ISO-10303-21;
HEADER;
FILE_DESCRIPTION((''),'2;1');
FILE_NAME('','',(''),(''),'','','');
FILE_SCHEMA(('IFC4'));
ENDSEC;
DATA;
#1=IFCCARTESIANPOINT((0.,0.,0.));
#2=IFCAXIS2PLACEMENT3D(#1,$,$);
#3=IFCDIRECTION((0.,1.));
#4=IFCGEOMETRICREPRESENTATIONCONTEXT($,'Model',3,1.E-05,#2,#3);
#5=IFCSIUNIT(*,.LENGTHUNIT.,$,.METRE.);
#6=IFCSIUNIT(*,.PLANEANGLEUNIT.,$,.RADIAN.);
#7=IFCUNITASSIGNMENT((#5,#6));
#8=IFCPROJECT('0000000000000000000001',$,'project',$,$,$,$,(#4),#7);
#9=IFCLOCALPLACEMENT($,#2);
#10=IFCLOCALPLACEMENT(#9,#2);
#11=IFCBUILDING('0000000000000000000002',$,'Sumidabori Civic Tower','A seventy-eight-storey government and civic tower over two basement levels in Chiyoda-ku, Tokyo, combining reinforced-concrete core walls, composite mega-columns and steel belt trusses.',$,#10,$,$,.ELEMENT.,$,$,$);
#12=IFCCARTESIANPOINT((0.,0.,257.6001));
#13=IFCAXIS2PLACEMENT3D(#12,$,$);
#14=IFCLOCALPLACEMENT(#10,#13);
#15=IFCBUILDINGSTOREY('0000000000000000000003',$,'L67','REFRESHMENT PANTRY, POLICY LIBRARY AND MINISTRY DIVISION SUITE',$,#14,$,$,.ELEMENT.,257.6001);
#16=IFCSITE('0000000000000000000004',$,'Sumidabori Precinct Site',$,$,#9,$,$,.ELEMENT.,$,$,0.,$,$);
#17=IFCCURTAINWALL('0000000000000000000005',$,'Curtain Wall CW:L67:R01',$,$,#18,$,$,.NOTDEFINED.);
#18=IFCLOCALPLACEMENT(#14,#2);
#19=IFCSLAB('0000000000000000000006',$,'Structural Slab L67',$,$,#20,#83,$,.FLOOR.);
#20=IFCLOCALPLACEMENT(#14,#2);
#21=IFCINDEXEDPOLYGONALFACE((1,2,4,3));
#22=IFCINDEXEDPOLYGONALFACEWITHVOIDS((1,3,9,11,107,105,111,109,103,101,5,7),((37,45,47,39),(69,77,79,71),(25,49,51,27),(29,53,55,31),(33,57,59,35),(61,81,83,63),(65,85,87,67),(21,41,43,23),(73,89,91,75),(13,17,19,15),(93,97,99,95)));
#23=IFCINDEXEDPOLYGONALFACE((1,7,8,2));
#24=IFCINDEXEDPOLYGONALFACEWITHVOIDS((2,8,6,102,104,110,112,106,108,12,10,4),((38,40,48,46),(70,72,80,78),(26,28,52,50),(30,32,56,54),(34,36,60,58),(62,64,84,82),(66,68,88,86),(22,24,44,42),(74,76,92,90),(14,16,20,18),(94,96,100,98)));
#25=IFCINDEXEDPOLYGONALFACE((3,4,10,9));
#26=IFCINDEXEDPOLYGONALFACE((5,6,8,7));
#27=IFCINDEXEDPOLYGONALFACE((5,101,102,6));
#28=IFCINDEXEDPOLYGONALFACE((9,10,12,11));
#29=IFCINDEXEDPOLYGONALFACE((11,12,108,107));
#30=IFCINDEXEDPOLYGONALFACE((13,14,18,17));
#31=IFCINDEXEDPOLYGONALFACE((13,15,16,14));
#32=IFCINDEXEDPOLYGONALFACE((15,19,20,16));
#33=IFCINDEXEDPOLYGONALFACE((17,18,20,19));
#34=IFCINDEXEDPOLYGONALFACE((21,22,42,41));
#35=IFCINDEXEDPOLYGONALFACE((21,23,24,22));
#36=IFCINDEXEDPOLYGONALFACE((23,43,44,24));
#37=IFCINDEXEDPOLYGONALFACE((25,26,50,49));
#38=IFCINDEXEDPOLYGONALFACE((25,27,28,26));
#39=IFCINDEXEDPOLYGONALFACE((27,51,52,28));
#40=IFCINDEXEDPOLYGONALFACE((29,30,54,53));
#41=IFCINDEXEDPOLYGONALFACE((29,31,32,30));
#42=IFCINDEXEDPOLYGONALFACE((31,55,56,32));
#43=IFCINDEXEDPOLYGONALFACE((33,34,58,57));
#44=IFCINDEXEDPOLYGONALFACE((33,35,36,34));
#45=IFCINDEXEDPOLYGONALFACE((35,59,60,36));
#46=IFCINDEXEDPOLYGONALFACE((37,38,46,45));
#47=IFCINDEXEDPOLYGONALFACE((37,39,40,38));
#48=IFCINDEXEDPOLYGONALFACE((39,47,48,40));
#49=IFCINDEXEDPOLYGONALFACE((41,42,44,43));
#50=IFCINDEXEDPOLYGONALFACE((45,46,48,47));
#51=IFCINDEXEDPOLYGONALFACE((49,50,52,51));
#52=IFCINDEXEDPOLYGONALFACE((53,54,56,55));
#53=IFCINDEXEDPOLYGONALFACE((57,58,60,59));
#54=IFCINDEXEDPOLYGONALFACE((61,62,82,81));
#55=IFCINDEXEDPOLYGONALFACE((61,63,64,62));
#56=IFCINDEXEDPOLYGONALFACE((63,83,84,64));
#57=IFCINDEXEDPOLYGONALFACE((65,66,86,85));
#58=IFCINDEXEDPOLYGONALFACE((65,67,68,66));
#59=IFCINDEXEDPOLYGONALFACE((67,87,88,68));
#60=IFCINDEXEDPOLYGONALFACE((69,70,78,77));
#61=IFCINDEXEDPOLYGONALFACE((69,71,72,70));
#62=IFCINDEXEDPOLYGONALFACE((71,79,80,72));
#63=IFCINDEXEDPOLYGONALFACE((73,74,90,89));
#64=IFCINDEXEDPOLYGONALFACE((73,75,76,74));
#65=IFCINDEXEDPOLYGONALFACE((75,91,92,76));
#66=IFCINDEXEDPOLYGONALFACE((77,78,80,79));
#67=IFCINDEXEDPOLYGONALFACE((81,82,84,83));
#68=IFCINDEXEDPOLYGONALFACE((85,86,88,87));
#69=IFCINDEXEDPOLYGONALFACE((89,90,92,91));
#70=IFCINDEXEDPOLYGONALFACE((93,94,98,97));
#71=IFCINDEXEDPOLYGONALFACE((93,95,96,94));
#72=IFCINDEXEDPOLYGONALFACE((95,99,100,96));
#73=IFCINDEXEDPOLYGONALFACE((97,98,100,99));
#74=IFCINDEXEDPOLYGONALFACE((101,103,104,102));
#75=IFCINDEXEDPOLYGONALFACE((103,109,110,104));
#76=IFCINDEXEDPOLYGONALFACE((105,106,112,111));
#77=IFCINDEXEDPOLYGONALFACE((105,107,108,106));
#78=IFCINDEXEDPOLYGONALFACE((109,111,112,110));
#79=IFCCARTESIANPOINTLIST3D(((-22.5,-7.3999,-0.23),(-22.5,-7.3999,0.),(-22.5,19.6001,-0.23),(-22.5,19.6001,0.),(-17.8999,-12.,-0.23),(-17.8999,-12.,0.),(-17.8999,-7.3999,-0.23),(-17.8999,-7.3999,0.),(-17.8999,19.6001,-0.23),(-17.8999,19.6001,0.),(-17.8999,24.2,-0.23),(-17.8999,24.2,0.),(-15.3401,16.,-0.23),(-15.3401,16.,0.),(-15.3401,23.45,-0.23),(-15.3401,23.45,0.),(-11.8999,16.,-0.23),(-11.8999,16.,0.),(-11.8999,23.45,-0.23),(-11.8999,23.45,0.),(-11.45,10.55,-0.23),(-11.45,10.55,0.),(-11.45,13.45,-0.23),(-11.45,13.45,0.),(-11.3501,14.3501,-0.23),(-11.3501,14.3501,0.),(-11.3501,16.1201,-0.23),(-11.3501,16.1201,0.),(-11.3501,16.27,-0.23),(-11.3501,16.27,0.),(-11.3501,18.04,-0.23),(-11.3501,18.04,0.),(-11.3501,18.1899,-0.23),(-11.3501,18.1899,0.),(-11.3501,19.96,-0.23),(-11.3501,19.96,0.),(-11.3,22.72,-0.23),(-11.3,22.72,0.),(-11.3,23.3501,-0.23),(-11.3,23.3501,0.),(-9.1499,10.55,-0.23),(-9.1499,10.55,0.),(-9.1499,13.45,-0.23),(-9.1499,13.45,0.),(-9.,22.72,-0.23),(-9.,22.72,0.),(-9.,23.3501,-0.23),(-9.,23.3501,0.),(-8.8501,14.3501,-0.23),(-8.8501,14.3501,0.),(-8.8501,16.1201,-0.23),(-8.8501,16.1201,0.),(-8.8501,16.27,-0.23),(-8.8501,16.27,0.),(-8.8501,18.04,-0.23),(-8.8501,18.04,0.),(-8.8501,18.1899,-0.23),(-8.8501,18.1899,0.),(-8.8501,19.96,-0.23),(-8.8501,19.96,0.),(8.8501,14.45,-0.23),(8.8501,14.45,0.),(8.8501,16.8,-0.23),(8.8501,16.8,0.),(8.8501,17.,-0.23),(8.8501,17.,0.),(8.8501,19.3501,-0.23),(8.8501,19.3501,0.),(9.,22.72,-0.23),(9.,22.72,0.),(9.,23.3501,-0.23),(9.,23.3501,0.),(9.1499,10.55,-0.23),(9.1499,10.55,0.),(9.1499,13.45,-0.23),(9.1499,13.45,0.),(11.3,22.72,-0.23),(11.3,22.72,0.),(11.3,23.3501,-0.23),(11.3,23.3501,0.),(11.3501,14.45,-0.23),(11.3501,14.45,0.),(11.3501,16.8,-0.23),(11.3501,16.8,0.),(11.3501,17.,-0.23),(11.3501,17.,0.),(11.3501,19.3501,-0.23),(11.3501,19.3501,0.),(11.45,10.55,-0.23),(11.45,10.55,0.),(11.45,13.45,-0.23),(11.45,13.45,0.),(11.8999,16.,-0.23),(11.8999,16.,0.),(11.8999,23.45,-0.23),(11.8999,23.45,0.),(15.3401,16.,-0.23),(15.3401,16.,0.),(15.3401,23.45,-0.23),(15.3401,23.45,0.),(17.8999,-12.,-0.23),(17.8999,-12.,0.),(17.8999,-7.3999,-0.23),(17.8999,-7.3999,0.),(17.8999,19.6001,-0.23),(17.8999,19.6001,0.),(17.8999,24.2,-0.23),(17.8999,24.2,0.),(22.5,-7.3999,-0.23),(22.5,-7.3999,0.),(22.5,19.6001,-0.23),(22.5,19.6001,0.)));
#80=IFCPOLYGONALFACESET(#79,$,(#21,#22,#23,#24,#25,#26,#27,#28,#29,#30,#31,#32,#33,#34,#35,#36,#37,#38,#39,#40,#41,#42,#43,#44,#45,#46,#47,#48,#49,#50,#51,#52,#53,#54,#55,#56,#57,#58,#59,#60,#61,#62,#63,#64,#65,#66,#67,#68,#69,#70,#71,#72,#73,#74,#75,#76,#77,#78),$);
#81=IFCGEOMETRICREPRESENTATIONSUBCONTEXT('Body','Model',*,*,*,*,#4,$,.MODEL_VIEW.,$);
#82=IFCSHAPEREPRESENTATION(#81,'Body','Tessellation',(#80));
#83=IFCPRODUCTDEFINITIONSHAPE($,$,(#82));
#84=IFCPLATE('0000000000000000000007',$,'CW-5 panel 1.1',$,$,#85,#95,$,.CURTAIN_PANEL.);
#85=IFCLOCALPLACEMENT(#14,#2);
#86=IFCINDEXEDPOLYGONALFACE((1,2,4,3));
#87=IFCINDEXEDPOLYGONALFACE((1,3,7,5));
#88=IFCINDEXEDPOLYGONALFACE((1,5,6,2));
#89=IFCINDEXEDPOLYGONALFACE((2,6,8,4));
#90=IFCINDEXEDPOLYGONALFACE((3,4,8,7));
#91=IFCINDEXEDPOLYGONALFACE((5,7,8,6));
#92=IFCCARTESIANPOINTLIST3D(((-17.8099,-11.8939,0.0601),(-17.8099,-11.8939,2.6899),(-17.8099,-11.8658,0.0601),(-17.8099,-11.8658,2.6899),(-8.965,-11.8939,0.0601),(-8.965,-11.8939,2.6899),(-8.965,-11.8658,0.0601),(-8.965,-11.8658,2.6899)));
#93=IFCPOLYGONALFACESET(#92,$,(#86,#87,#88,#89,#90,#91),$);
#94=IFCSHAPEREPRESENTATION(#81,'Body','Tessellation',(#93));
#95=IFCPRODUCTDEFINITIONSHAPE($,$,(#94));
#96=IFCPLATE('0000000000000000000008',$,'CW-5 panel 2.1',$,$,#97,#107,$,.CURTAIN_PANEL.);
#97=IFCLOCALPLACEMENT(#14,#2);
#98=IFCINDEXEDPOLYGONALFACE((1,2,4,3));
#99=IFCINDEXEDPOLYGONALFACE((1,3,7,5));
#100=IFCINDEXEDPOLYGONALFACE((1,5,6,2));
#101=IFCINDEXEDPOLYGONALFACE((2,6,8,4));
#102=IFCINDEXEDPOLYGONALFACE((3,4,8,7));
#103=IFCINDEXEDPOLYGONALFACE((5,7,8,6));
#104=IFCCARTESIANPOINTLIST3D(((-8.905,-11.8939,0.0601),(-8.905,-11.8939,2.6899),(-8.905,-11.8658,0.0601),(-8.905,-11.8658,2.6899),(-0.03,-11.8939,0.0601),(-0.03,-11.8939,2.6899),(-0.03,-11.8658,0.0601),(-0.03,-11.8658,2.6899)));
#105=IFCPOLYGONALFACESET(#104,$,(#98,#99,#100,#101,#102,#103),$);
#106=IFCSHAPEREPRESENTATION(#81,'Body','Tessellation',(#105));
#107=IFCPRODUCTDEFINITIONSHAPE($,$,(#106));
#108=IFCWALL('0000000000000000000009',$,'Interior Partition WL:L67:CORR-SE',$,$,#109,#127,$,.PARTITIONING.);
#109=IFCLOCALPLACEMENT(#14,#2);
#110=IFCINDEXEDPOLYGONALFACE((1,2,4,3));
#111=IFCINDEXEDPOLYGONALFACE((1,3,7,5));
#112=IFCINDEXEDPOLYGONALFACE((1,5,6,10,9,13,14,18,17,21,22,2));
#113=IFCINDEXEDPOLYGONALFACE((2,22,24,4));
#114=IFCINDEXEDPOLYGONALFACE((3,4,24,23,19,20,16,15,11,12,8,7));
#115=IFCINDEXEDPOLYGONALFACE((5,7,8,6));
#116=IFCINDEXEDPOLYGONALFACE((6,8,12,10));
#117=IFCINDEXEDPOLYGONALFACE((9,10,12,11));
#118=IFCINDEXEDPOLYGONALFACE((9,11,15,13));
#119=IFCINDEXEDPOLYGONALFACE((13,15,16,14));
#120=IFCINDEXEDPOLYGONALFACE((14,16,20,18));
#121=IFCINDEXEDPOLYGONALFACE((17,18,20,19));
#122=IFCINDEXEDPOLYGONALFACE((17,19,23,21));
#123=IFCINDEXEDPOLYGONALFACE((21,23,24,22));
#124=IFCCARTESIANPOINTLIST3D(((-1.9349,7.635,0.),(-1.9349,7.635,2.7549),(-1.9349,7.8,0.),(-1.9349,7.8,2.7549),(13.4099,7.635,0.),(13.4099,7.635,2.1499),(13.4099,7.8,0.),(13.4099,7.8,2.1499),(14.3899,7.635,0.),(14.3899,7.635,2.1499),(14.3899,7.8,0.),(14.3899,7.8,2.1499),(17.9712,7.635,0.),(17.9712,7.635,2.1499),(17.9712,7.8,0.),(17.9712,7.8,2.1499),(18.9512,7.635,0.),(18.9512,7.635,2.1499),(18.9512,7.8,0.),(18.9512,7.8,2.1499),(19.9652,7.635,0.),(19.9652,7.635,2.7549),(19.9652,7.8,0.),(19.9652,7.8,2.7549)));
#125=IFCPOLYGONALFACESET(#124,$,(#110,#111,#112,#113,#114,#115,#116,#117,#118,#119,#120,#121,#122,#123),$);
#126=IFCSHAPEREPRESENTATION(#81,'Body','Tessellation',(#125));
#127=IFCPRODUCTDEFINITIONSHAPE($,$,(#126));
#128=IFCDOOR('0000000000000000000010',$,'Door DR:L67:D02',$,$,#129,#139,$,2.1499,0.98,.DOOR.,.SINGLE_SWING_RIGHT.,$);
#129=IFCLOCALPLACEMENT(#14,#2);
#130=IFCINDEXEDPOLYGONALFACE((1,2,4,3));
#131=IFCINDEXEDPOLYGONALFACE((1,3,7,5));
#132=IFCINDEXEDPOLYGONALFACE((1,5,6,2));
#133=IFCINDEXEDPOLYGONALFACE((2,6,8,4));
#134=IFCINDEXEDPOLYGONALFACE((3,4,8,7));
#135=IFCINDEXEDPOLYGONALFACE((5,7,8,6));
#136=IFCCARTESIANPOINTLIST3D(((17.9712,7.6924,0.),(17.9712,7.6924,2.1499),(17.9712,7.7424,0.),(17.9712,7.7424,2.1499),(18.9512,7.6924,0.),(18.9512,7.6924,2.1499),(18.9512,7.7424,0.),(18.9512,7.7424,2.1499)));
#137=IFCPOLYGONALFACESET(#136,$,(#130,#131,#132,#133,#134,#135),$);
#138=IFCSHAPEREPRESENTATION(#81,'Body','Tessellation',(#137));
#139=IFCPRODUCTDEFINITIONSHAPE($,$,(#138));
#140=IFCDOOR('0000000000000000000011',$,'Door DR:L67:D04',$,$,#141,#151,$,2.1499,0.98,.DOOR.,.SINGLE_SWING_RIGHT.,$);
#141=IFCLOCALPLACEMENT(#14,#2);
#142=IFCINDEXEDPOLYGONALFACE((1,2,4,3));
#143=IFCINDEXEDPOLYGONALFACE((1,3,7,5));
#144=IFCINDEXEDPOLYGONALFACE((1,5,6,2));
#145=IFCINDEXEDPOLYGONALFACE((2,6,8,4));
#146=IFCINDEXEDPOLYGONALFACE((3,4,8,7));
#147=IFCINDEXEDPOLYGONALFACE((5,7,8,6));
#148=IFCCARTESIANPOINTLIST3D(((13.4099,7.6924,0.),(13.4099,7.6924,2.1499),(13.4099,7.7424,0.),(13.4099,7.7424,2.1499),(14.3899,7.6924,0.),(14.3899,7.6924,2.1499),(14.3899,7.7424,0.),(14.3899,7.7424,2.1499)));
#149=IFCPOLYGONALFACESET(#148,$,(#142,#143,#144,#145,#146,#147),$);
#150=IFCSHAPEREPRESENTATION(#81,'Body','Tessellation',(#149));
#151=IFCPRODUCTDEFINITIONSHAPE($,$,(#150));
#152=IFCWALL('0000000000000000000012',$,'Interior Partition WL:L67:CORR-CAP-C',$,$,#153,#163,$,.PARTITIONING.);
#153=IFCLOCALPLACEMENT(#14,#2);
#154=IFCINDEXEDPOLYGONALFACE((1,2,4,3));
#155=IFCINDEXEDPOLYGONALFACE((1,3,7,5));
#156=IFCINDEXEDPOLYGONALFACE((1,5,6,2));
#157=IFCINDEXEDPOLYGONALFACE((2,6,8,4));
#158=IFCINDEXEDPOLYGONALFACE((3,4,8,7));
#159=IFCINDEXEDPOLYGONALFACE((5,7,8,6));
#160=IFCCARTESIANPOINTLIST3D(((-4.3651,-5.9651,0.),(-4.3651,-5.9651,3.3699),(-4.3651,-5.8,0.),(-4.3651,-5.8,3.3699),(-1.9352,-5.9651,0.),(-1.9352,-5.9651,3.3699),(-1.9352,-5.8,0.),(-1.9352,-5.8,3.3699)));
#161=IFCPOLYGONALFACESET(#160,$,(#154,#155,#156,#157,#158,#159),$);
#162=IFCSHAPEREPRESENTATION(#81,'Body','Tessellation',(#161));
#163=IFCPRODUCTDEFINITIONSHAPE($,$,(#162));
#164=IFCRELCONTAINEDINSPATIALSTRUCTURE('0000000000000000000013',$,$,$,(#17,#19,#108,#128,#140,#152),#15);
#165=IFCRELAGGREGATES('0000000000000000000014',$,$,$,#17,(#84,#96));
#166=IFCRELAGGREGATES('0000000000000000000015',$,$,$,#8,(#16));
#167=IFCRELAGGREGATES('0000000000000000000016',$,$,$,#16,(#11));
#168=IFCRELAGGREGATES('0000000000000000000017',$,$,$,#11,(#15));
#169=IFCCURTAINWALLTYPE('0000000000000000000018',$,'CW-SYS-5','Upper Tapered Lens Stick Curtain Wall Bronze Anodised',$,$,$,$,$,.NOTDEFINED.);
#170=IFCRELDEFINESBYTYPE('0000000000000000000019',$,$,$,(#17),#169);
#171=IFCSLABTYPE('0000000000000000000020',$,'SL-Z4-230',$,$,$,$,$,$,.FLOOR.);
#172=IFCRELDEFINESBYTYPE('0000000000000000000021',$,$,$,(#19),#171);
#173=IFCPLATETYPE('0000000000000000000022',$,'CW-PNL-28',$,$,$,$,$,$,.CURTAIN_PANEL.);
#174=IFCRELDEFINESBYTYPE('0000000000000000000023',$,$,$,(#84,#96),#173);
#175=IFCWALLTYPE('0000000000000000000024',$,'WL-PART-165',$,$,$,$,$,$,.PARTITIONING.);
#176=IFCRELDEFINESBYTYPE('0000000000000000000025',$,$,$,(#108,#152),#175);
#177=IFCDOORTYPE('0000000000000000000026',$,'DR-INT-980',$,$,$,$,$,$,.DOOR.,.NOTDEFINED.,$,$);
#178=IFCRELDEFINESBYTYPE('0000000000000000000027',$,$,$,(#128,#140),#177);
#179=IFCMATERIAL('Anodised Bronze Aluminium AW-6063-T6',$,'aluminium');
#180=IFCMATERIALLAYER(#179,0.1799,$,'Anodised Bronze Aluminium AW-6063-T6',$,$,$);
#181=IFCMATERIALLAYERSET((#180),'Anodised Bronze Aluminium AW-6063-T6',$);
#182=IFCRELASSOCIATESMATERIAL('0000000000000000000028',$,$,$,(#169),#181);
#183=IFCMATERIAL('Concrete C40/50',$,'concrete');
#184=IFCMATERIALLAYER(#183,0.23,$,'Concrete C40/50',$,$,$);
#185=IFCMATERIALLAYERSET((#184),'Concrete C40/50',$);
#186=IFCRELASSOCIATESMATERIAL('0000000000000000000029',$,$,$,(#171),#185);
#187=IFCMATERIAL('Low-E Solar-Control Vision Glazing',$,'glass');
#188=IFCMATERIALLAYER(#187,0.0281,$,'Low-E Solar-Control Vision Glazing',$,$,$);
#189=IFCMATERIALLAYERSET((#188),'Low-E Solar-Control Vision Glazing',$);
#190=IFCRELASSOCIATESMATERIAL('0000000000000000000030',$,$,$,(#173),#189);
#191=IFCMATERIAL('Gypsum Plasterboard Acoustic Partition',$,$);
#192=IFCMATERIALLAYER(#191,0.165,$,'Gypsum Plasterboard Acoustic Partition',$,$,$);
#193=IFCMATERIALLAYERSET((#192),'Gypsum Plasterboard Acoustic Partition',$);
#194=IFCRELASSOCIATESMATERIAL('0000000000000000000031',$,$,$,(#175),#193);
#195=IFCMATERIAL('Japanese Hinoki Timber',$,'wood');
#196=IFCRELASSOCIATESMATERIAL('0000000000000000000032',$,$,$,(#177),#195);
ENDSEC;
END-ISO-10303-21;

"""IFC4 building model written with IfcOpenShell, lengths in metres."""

from ifc_helpers import new_model, si_unit, direction, frame, frame_2d, origin, origin_2d, place, context, subcontext, project, spatial, polyline, rectangle, outline, extrude, source, transform, mapped, material, layer, layer_set, type_object, element, fill, aggregate, save


model = new_model("IFC4")

# Units and contexts
model_context = context("Model", 3, precision=1e-05, world=origin(), true_north=direction((0.0, 1.0)))
body_context = subcontext(model_context, "Body", "Model", "MODEL_VIEW")
ifc_project = project(units=[si_unit("LENGTHUNIT", "METRE"), si_unit("PLANEANGLEUNIT", "RADIAN")], contexts=[model_context])

# Site, building, storey
site_placement = place(None, origin())
site = spatial("IfcSite", under=ifc_project, at=site_placement, Name="Sumidabori Precinct Site", CompositionType="ELEMENT", RefElevation=0.0)
building_placement = place(site_placement, origin())
building = spatial("IfcBuilding", under=site, at=building_placement, Name="Sumidabori Civic Tower", Description="A seventy-eight-storey government and civic tower over two basement levels in Chiyoda-ku, Tokyo, combining reinforced-concrete core walls, composite mega-columns and steel belt trusses.", CompositionType="ELEMENT")
storey_placement = place(building_placement, frame((0.0, 0.0, 257.6001)))
storey = spatial("IfcBuildingStorey", under=building, at=storey_placement, Name="L67", Description="REFRESHMENT PANTRY, POLICY LIBRARY AND MINISTRY DIVISION SUITE", CompositionType="ELEMENT", Elevation=257.6001)

# Curtain wall
ifc_material_1 = material(Name="Anodised Bronze Aluminium AW-6063-T6", Category="aluminium")
ifc_layer_1 = layer(ifc_material_1, 0.1799, Name="Anodised Bronze Aluminium AW-6063-T6")
ifc_layer_set_1 = layer_set([ifc_layer_1], Name="Anodised Bronze Aluminium AW-6063-T6")
curtain_wall_type = type_object("IfcCurtainWallType", Name="CW-SYS-5", Description="Upper Tapered Lens Stick Curtain Wall Bronze Anodised", PredefinedType="NOTDEFINED", material=ifc_layer_set_1)
curtain_wall_placement = place(storey_placement, origin())
curtain_wall = element("IfcCurtainWall", 1, at=curtain_wall_placement, inside=storey, type_object=curtain_wall_type, Name="Curtain Wall CW:L67:R01", PredefinedType="NOTDEFINED")

# Shared definitions
ifc_material_2 = material(Name="Concrete C40/50", Category="concrete")

# Slab
ifc_layer_2 = layer(ifc_material_2, 0.23, Name="Concrete C40/50")
ifc_layer_set_2 = layer_set([ifc_layer_2], Name="Concrete C40/50")
slab_type_1 = type_object("IfcSlabType", Name="SL-Z4-230", PredefinedType="FLOOR", material=ifc_layer_set_2)
slab_1_placement = place(storey_placement, frame((0.0, 0.0, -0.23)))
element("IfcSlab", 2, at=slab_1_placement, inside=storey, type_object=slab_type_1, Name="Structural Slab L67", PredefinedType="FLOOR", context=body_context, shape_type="SweptSolid", body=[
    extrude(outline(polyline([(-17.8999, -12.0), (17.8999, -12.0), (17.8999, -7.3999), (22.5, -7.3999), (22.5, 19.6001), (17.8999, 19.6001), (17.8999, 24.2), (-17.8999, 24.2), (-17.8999, 19.6001), (-22.5, 19.6001), (-22.5, -7.3999), (-17.8999, -7.3999), (-17.8999, -12.0)]), holes=[polyline([(-11.8999, 16.0), (-11.8999, 23.45), (-15.3401, 23.45), (-15.3401, 16.0), (-11.8999, 16.0)]), polyline([(15.3401, 16.0), (15.3401, 23.45), (11.8999, 23.45), (11.8999, 16.0), (15.3401, 16.0)]), polyline([(-11.45, 10.55), (-9.1499, 10.55), (-9.1499, 13.45), (-11.45, 13.45), (-11.45, 10.55)]), polyline([(9.1499, 10.55), (11.45, 10.55), (11.45, 13.45), (9.1499, 13.45), (9.1499, 10.55)]), polyline([(-11.3501, 14.3501), (-8.8501, 14.3501), (-8.8501, 16.1201), (-11.3501, 16.1201), (-11.3501, 14.3501)]), polyline([(-11.3501, 16.27), (-8.8501, 16.27), (-8.8501, 18.04), (-11.3501, 18.04), (-11.3501, 16.27)]), polyline([(-11.3501, 18.1899), (-8.8501, 18.1899), (-8.8501, 19.96), (-11.3501, 19.96), (-11.3501, 18.1899)]), polyline([(8.8501, 14.45), (11.3501, 14.45), (11.3501, 16.8), (8.8501, 16.8), (8.8501, 14.45)]), polyline([(8.8501, 17.0), (11.3501, 17.0), (11.3501, 19.3501), (8.8501, 19.3501), (8.8501, 17.0)]), polyline([(-11.3, 22.72), (-9.0, 22.72), (-9.0, 23.3501), (-11.3, 23.3501), (-11.3, 22.72)]), polyline([(9.0, 22.72), (11.3, 22.72), (11.3, 23.3501), (9.0, 23.3501), (9.0, 22.72)])]), origin(), (0.0, 0.0, 1.0), 0.23),
])

# Plates
ifc_material_3 = material(Name="Low-E Solar-Control Vision Glazing", Category="glass")
ifc_layer_3 = layer(ifc_material_3, 0.0281, Name="Low-E Solar-Control Vision Glazing")
ifc_layer_set_3 = layer_set([ifc_layer_3], Name="Low-E Solar-Control Vision Glazing")
plate_type = type_object("IfcPlateType", Name="CW-PNL-28", PredefinedType="CURTAIN_PANEL", material=ifc_layer_set_3)
shared_shape_1 = source(origin(), body_context, "Body", "SweptSolid", [
    extrude(rectangle(XDim=8.845, YDim=0.0281, at=origin_2d()), origin(), (0.0, 0.0, 1.0), 2.6299),
])
plate_1_placement = place(storey_placement, frame((-13.3875, -11.8799, 0.0601), z_axis=(0.0, 0.0, 1.0), x_axis=(1.0, 0.0, 0.0)))
plate_1 = element("IfcPlate", 3, at=plate_1_placement, type_object=plate_type, Name="CW-5 panel 1.1", PredefinedType="CURTAIN_PANEL", context=body_context, shape_type="MappedRepresentation", body=[
    mapped(shared_shape_1, transform((0.0, 0.0, 0.0), x_axis=(1.0, 0.0, 0.0), y_axis=(0.0, 1.0, 0.0), z_axis=(0.0, 0.0, 1.0), scale=1.0)),
])
shared_shape_2 = source(origin(), body_context, "Body", "SweptSolid", [
    extrude(rectangle(XDim=8.875, YDim=0.0281, at=origin_2d()), origin(), (0.0, 0.0, 1.0), 2.6299),
])
plate_2_placement = place(storey_placement, frame((-4.4675, -11.8799, 0.0601), z_axis=(0.0, 0.0, 1.0), x_axis=(1.0, 0.0, 0.0)))
plate_2 = element("IfcPlate", 4, at=plate_2_placement, type_object=plate_type, Name="CW-5 panel 2.1", PredefinedType="CURTAIN_PANEL", context=body_context, shape_type="MappedRepresentation", body=[
    mapped(shared_shape_2, transform((0.0, 0.0, 0.0), x_axis=(1.0, 0.0, 0.0), y_axis=(0.0, 1.0, 0.0), z_axis=(0.0, 0.0, 1.0), scale=1.0)),
])
aggregate(curtain_wall, [plate_1, plate_2])

# Wall, openings, doors
ifc_material_4 = material(Name="Gypsum Plasterboard Acoustic Partition")
ifc_layer_4 = layer(ifc_material_4, 0.165, Name="Gypsum Plasterboard Acoustic Partition")
ifc_layer_set_4 = layer_set([ifc_layer_4], Name="Gypsum Plasterboard Acoustic Partition")
wall_type = type_object("IfcWallType", Name="WL-PART-165", PredefinedType="PARTITIONING", material=ifc_layer_set_4)
shared_shape_3 = source(origin(), body_context, "Body", "SweptSolid", [
    extrude(rectangle(XDim=21.9001, YDim=0.165, at=frame_2d((10.9502, 0.0))), origin(), (0.0, 0.0, 1.0), 2.7549),
])
wall_1_placement = place(storey_placement, frame((-1.9351, 7.7175, 0.0), z_axis=(0.0, 0.0, 1.0), x_axis=(1.0, 0.0, 0.0)))
wall_1 = element("IfcWall", 5, at=wall_1_placement, inside=storey, type_object=wall_type, Name="Interior Partition WL:L67:CORR-SE", PredefinedType="PARTITIONING", context=body_context, shape_type="MappedRepresentation", body=[
    mapped(shared_shape_3, transform((0.0, 0.0, 0.0), x_axis=(1.0, 0.0, 0.0), y_axis=(0.0, 1.0, 0.0), z_axis=(0.0, 0.0, 1.0), scale=1.0)),
])
opening_1_placement = place(wall_1_placement, frame((19.9062, 0.0, 0.0)))
opening_1 = element("IfcOpeningElement", 6, at=opening_1_placement, cuts=wall_1, PredefinedType="OPENING", context=body_context, shape_type="SweptSolid", body=[
    extrude(rectangle(XDim=0.98, YDim=2.1499, at=frame_2d((0.49, 1.075))), frame((0.0, 0.0945, 0.0), z_axis=(0.0, -1.0, 0.0), x_axis=(1.0, 0.0, 0.0)), (0.0, 0.0, 1.0), 0.189),
])
opening_2_placement = place(wall_1_placement, frame((15.345, 0.0, 0.0)))
opening_2 = element("IfcOpeningElement", 7, at=opening_2_placement, cuts=wall_1, PredefinedType="OPENING", context=body_context, shape_type="SweptSolid", body=[
    extrude(rectangle(XDim=0.98, YDim=2.1499, at=frame_2d((0.49, 1.075))), frame((0.0, 0.0945, 0.0), z_axis=(0.0, -1.0, 0.0), x_axis=(1.0, 0.0, 0.0)), (0.0, 0.0, 1.0), 0.189),
])
ifc_material_5 = material(Name="Japanese Hinoki Timber", Category="wood")
door_type = type_object("IfcDoorType", Name="DR-INT-980", OperationType="NOTDEFINED", PredefinedType="DOOR", material=ifc_material_5)
shared_shape_4 = source(origin(), body_context, "Body", "SweptSolid", [
    extrude(rectangle(XDim=0.98, YDim=2.1499, at=frame_2d((0.49, 1.075))), frame((0.0, 0.0249, 0.0), z_axis=(0.0, -1.0, 0.0), x_axis=(1.0, 0.0, 0.0)), (0.0, 0.0, 1.0), 0.05),
])
door_1_placement = place(opening_1_placement, origin())
door_1 = element("IfcDoor", 8, at=door_1_placement, inside=storey, type_object=door_type, Name="Door DR:L67:D02", OperationType="SINGLE_SWING_RIGHT", OverallHeight=2.1499, OverallWidth=0.98, PredefinedType="DOOR", context=body_context, shape_type="MappedRepresentation", body=[
    mapped(shared_shape_4, transform((0.0, 0.0, 0.0), x_axis=(1.0, 0.0, 0.0), y_axis=(0.0, 1.0, 0.0), z_axis=(0.0, 0.0, 1.0), scale=1.0)),
])
fill(opening_1, door_1)
door_2_placement = place(opening_2_placement, origin())
door_2 = element("IfcDoor", 9, at=door_2_placement, inside=storey, type_object=door_type, Name="Door DR:L67:D04", OperationType="SINGLE_SWING_RIGHT", OverallHeight=2.1499, OverallWidth=0.98, PredefinedType="DOOR", context=body_context, shape_type="MappedRepresentation", body=[
    mapped(shared_shape_4, transform((0.0, 0.0, 0.0), x_axis=(1.0, 0.0, 0.0), y_axis=(0.0, 1.0, 0.0), z_axis=(0.0, 0.0, 1.0), scale=1.0)),
])
fill(opening_2, door_2)

# Wall
shared_shape_5 = source(origin(), body_context, "Body", "SweptSolid", [
    extrude(rectangle(XDim=2.4299, YDim=0.165, at=frame_2d((1.2148, 0.0))), origin(), (0.0, 0.0, 1.0), 3.3699),
])
wall_2_placement = place(storey_placement, frame((-4.365, -5.8826, 0.0), z_axis=(0.0, 0.0, 1.0), x_axis=(1.0, 0.0, 0.0)))
element("IfcWall", 10, at=wall_2_placement, inside=storey, type_object=wall_type, Name="Interior Partition WL:L67:CORR-CAP-C", PredefinedType="PARTITIONING", context=body_context, shape_type="MappedRepresentation", body=[
    mapped(shared_shape_5, transform((0.0, 0.0, 0.0), x_axis=(1.0, 0.0, 0.0), y_axis=(0.0, 1.0, 0.0), z_axis=(0.0, 0.0, 1.0), scale=1.0)),
])

save(model, "model.ifc")
